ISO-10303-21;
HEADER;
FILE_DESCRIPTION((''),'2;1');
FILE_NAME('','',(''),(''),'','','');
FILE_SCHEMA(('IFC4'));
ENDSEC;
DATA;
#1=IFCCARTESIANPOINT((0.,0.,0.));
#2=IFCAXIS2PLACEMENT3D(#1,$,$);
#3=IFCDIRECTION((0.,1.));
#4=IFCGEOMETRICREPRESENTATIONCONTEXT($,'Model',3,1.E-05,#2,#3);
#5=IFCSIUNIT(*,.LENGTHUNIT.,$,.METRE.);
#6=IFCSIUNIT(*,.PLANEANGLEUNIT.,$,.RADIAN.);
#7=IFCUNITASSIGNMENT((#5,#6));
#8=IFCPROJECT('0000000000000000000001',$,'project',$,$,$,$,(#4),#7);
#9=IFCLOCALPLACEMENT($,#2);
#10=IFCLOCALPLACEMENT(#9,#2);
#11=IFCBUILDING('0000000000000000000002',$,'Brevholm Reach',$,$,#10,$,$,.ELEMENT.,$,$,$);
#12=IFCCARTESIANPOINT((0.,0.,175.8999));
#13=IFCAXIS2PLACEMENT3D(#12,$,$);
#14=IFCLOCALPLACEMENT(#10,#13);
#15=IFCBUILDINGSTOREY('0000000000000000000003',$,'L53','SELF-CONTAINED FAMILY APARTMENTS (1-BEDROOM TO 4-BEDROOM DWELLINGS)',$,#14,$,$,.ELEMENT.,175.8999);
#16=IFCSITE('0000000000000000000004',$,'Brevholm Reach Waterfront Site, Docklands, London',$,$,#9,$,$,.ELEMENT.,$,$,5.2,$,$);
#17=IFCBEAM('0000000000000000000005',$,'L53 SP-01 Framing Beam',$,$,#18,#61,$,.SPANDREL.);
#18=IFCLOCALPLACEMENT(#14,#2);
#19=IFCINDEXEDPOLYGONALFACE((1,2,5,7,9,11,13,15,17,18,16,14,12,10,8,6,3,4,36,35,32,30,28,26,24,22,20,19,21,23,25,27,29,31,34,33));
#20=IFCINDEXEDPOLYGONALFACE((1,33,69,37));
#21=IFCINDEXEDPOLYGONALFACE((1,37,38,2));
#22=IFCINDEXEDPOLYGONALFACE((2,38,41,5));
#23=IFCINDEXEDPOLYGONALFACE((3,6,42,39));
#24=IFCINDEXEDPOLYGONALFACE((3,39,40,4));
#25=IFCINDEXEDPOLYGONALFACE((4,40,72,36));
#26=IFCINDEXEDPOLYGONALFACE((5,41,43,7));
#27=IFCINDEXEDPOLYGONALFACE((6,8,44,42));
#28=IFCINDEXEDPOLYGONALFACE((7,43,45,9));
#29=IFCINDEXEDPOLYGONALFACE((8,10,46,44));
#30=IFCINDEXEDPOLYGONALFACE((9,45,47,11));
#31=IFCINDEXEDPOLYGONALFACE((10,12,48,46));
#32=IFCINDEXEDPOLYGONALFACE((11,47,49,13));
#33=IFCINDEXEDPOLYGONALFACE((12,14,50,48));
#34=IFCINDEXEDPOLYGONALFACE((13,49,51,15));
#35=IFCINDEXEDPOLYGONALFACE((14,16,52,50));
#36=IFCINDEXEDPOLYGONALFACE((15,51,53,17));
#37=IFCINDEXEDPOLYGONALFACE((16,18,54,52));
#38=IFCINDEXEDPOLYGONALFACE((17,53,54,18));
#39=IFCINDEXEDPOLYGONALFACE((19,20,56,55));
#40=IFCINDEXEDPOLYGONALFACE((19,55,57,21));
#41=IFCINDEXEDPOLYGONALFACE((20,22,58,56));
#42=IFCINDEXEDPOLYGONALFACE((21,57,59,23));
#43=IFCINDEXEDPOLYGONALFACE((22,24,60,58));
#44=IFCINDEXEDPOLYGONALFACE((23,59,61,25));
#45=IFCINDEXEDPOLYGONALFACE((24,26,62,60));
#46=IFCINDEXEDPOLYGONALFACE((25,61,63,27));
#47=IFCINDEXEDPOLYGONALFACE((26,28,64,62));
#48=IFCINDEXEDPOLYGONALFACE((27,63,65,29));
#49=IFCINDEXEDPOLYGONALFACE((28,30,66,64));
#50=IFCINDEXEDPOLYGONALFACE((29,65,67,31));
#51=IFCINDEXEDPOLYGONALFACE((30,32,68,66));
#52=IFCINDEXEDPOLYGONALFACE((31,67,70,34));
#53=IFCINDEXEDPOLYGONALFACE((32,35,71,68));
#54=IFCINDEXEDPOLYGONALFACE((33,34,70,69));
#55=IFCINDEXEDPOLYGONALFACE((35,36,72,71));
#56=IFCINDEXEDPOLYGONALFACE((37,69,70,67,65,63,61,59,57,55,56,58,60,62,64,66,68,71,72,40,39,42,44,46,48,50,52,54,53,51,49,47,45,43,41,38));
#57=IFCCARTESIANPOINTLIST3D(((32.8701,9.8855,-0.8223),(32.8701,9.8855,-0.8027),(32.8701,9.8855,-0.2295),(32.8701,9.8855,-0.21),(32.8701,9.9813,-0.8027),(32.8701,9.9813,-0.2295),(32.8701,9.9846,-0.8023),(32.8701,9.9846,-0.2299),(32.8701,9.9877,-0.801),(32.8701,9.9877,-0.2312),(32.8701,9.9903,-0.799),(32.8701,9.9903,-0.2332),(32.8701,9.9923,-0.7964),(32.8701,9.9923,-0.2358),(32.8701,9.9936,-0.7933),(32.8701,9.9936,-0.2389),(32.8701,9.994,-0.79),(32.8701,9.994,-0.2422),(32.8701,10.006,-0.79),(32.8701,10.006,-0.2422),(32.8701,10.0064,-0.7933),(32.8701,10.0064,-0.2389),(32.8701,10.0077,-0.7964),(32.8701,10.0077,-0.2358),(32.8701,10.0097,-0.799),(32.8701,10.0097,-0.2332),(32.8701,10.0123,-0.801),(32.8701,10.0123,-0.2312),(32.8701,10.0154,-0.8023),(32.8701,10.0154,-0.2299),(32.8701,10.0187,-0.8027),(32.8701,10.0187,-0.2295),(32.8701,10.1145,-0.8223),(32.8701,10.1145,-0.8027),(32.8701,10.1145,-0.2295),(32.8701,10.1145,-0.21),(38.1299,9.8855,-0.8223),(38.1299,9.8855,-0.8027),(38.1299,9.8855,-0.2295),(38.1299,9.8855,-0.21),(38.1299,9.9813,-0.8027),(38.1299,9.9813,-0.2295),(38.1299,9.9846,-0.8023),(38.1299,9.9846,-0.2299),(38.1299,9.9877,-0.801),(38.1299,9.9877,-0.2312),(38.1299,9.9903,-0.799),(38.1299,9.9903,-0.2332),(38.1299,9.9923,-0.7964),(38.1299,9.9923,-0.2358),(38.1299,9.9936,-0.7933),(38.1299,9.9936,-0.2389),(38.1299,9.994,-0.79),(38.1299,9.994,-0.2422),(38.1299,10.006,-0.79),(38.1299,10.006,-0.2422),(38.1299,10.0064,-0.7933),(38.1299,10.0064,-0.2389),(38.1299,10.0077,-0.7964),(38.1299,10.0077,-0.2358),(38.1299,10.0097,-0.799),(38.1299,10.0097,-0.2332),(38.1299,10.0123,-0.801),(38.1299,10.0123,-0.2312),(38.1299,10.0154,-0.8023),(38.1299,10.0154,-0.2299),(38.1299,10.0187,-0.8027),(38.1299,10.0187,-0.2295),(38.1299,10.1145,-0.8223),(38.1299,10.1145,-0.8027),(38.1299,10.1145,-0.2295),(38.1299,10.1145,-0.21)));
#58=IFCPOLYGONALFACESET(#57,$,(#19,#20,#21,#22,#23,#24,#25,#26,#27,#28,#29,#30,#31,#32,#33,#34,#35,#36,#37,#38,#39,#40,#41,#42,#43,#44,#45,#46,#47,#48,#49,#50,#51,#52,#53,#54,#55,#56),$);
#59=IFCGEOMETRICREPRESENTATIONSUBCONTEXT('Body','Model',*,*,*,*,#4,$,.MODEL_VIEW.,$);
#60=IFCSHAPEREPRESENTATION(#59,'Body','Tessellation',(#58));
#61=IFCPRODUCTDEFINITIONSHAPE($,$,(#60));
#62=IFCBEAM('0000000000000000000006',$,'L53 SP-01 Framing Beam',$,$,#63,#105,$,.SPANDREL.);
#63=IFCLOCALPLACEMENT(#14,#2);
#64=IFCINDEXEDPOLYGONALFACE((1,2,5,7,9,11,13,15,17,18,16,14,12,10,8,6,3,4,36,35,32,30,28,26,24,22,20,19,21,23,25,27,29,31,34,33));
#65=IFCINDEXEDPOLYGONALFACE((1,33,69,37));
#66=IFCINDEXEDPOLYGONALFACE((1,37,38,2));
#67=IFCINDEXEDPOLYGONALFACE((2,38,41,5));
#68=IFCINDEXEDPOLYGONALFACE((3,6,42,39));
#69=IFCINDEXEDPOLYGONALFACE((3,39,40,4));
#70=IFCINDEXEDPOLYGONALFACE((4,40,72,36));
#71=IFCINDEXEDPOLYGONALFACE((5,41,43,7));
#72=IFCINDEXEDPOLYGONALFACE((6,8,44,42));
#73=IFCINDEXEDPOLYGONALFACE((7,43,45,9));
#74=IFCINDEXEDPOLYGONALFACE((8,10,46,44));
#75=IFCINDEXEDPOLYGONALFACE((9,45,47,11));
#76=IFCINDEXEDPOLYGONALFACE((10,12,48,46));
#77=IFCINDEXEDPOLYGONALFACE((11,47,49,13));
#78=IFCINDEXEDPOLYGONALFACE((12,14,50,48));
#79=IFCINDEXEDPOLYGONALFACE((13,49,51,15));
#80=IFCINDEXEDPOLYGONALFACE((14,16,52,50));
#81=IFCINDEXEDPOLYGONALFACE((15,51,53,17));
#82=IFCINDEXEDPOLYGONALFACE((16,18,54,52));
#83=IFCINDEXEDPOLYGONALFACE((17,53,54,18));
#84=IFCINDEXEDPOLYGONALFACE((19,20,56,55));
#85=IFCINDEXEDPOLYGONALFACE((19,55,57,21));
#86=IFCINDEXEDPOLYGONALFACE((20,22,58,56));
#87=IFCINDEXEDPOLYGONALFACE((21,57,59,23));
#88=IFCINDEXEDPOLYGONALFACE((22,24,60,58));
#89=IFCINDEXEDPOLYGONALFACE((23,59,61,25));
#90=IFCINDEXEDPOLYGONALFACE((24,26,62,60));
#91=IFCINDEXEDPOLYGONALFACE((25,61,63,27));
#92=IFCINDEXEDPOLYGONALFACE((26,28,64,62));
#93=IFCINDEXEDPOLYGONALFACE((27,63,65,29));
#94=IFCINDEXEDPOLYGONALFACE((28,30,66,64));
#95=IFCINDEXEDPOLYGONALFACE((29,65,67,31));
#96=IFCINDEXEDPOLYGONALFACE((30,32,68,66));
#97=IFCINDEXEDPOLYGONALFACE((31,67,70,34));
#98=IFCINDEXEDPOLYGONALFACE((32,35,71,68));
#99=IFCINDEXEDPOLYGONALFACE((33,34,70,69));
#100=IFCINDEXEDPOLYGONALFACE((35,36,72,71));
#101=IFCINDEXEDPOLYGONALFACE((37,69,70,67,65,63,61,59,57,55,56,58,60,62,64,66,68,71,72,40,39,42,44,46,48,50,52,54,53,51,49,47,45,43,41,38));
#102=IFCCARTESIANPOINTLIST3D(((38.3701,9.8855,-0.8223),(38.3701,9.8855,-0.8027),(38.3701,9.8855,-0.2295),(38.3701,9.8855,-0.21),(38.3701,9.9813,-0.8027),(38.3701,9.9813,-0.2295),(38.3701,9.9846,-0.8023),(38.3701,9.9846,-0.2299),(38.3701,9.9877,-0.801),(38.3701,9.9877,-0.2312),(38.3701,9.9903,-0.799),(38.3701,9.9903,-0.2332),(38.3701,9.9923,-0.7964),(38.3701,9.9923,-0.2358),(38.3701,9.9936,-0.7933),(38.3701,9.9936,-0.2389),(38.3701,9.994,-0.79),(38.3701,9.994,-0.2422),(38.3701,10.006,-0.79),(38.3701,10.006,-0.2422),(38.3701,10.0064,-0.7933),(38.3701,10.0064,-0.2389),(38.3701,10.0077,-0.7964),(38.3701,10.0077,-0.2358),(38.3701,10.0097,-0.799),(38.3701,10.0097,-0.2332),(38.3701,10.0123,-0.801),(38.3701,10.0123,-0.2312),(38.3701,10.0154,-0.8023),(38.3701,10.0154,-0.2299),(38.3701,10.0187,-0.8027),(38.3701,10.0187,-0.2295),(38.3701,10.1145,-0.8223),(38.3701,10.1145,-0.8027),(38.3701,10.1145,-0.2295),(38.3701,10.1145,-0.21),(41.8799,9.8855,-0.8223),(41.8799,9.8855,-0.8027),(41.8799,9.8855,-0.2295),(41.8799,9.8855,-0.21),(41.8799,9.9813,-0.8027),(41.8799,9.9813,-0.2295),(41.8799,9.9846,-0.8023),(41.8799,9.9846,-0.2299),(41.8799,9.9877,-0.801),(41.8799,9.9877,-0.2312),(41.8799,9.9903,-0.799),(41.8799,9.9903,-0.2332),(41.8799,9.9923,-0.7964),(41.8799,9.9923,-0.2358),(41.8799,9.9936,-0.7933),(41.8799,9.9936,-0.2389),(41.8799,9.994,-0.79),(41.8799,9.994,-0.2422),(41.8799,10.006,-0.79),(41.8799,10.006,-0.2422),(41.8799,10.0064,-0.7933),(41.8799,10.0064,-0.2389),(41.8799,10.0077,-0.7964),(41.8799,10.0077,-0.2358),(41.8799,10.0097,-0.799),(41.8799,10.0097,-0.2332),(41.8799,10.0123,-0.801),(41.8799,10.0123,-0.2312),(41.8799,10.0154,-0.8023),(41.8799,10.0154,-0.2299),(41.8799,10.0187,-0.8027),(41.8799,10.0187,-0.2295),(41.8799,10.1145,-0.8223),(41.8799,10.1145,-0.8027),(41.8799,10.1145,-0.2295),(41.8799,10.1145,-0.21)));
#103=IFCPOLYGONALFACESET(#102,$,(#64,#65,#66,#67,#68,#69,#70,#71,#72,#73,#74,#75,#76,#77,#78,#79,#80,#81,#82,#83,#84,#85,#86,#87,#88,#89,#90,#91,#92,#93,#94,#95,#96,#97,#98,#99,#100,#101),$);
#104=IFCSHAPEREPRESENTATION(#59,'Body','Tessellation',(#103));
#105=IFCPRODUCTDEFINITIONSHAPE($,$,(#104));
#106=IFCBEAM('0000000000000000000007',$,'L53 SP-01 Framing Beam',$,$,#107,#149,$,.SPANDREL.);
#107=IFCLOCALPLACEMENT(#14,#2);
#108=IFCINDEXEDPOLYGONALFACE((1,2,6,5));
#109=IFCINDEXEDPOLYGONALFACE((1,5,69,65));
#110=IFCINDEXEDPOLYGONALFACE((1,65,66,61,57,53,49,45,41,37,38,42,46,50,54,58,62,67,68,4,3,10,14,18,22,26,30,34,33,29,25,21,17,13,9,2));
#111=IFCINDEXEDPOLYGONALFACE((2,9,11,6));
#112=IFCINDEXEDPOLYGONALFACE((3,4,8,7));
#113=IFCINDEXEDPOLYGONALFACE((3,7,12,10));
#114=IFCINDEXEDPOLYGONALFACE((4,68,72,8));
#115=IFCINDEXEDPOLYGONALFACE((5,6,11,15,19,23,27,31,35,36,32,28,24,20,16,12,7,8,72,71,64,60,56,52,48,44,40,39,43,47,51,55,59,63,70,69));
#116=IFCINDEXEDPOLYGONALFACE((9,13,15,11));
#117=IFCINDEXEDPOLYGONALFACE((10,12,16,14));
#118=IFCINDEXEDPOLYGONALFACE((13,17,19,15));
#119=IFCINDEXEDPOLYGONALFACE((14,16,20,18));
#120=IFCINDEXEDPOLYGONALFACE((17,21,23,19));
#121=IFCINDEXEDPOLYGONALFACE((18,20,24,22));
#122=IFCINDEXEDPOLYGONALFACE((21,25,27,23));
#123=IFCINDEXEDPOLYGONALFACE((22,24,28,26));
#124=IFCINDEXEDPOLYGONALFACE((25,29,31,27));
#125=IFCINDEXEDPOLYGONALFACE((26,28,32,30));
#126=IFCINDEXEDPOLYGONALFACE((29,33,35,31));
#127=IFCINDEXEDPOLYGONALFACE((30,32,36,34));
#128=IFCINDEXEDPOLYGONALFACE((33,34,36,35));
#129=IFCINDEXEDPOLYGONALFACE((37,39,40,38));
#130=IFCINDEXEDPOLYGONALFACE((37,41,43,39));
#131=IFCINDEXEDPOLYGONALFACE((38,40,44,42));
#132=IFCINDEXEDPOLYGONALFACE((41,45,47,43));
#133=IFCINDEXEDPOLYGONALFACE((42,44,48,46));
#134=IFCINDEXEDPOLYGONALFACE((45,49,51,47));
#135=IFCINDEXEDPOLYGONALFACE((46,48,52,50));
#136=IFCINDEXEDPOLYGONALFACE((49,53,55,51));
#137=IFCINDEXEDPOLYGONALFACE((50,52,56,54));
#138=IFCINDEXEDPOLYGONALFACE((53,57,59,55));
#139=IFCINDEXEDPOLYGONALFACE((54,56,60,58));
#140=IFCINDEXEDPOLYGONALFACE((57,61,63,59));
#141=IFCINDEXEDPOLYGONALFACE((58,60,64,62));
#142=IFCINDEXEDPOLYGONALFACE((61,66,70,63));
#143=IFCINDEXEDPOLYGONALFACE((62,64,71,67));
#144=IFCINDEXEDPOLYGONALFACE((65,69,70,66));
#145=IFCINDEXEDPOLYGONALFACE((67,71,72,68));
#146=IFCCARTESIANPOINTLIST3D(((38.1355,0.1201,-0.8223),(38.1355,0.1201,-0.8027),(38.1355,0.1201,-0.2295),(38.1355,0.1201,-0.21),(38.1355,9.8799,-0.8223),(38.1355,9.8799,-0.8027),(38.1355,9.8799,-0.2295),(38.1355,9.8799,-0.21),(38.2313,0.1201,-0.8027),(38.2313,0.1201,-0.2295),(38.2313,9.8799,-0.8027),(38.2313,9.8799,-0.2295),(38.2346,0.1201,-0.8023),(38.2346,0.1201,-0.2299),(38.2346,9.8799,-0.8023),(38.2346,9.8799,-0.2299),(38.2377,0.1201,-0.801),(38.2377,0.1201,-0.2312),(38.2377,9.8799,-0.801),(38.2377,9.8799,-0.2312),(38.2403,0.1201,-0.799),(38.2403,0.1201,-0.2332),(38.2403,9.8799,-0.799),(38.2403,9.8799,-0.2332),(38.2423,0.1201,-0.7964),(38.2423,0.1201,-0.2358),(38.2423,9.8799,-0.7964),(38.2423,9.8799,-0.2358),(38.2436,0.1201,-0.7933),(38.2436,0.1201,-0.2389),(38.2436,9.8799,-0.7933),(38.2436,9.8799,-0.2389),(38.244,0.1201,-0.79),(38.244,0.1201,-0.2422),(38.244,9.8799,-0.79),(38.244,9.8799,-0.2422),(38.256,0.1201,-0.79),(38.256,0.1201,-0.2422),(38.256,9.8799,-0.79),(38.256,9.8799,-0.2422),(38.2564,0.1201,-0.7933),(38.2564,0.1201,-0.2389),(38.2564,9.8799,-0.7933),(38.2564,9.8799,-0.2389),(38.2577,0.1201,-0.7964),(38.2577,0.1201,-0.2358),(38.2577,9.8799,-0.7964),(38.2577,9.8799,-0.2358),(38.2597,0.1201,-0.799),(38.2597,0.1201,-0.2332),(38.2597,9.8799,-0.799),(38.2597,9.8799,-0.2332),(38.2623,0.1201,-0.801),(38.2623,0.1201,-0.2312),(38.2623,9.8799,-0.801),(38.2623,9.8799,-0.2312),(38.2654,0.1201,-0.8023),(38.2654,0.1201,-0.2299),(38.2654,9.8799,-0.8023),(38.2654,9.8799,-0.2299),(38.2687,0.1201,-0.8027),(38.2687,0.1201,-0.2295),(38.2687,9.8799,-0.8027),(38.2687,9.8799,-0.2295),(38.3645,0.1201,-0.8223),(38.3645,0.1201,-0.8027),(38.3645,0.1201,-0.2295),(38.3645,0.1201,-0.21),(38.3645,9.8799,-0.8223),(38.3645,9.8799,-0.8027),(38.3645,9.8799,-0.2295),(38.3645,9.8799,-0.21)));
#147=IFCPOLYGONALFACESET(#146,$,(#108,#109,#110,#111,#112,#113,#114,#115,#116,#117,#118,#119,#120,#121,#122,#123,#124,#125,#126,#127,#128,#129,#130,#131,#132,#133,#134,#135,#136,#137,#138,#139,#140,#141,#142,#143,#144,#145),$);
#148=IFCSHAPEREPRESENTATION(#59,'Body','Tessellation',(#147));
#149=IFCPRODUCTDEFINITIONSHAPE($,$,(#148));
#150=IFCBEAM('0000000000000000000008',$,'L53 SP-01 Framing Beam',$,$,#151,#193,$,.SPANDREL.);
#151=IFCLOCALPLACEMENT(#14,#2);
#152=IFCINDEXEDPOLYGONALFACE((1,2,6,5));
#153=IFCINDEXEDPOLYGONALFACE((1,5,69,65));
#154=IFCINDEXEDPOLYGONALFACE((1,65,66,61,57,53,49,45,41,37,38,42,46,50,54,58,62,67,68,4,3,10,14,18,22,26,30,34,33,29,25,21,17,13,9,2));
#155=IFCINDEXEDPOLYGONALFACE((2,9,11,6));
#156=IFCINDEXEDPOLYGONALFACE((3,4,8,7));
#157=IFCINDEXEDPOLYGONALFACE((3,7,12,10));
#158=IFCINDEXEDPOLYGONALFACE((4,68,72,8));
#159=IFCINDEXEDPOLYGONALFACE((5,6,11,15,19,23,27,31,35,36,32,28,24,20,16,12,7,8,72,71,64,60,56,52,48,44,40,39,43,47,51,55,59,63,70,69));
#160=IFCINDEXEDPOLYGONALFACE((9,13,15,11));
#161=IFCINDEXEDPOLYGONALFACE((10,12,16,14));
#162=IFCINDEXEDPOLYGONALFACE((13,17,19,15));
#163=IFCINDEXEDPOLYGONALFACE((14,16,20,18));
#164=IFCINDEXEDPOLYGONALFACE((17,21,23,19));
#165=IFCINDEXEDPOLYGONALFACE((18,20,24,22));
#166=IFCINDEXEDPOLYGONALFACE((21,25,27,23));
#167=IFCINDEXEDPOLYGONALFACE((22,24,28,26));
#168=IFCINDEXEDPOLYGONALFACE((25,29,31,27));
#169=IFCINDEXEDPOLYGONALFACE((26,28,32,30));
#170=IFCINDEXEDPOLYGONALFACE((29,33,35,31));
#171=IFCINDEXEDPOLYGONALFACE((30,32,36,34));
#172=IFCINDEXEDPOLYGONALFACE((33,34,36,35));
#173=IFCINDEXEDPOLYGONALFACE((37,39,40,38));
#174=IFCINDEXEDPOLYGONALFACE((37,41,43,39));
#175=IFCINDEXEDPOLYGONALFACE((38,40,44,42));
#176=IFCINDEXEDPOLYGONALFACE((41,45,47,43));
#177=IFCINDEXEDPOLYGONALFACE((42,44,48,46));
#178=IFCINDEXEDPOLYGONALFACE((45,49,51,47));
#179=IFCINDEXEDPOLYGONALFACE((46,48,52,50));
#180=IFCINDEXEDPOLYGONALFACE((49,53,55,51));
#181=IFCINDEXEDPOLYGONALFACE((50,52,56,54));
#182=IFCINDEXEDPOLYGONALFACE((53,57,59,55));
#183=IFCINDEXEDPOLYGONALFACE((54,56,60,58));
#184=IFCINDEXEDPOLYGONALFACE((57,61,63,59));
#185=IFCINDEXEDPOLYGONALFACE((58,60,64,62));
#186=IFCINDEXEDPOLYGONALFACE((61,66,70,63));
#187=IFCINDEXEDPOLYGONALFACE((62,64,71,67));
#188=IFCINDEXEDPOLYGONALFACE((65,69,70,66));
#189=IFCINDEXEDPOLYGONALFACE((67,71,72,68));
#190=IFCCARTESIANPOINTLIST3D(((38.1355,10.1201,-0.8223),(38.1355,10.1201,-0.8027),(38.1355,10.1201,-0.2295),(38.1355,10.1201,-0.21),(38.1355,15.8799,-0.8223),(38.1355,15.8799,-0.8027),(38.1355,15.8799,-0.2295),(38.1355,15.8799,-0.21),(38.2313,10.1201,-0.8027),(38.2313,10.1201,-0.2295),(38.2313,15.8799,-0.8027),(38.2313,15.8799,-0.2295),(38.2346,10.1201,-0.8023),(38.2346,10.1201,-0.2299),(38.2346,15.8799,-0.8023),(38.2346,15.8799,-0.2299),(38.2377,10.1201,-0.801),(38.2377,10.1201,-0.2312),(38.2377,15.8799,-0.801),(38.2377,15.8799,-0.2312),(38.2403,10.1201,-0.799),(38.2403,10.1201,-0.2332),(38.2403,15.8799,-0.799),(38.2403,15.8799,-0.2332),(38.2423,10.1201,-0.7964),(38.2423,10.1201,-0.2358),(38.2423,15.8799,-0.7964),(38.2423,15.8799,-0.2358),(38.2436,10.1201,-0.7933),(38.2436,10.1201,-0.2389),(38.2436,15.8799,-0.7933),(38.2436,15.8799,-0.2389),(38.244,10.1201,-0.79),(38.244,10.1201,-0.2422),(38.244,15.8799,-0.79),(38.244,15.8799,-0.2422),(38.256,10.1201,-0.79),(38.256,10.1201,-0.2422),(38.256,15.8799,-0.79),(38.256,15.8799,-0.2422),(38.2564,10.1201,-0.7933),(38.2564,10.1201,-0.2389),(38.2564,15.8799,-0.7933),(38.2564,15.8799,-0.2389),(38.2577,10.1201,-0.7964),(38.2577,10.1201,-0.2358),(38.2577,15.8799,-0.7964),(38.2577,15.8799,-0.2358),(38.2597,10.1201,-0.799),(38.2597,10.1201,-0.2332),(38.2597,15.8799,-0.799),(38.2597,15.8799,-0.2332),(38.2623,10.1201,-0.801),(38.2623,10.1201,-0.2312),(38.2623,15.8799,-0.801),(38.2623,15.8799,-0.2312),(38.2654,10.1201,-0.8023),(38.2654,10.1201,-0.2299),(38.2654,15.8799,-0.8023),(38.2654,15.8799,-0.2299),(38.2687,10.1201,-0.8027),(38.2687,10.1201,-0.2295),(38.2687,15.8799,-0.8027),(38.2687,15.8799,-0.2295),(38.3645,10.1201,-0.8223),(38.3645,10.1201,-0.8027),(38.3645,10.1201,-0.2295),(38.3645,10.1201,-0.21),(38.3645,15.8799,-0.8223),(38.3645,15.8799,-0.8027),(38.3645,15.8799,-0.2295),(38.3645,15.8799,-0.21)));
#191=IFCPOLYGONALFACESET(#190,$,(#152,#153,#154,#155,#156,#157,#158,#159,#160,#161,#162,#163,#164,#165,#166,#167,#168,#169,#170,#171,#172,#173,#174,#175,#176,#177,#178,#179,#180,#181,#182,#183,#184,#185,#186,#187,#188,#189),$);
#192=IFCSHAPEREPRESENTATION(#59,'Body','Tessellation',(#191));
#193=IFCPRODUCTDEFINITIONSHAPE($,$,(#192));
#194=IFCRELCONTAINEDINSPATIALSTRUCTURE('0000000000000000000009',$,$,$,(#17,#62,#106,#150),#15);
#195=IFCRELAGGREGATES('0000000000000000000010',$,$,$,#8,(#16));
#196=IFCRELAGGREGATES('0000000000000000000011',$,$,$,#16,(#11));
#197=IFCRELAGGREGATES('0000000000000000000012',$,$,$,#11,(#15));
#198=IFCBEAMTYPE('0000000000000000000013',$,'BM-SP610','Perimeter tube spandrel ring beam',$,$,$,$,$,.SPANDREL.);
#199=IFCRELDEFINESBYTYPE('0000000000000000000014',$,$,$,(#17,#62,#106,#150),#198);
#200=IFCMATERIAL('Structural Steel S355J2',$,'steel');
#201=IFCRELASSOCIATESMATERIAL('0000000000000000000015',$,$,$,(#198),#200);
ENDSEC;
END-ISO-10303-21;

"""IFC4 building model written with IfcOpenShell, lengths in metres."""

from ifc_helpers import new_model, si_unit, direction, frame, origin, origin_2d, place, context, subcontext, project, spatial, i_section, extrude, material, material_profile, profile_set, type_object, element, save


model = new_model("IFC4")

# Units and contexts
model_context = context("Model", 3, precision=1e-05, world=origin(), true_north=direction((0.0, 1.0)))
body_context = subcontext(model_context, "Body", "Model", "MODEL_VIEW")
ifc_project = project(units=[si_unit("LENGTHUNIT", "METRE"), si_unit("PLANEANGLEUNIT", "RADIAN")], contexts=[model_context])

# Site, building, storey
site_placement = place(None, origin())
site = spatial("IfcSite", under=ifc_project, at=site_placement, Name="Brevholm Reach Waterfront Site, Docklands, London", CompositionType="ELEMENT", RefElevation=5.2)
building_placement = place(site_placement, origin())
building = spatial("IfcBuilding", under=site, at=building_placement, Name="Brevholm Reach", CompositionType="ELEMENT")
storey_placement = place(building_placement, frame((0.0, 0.0, 175.8999)))
storey = spatial("IfcBuildingStorey", under=building, at=storey_placement, Name="L53", Description="SELF-CONTAINED FAMILY APARTMENTS (1-BEDROOM TO 4-BEDROOM DWELLINGS)", CompositionType="ELEMENT", Elevation=175.8999)

# Beams
ifc_material_1 = material(Name="Structural Steel S355J2", Category="steel")
ifc_material_profile_1 = material_profile(ifc_material_1, i_section(OverallWidth=0.229, OverallDepth=0.6123, WebThickness=0.012, FlangeThickness=0.0195, FilletRadius=0.0127, at=origin_2d()), Name="UKB 610x229x125")
ifc_profile_set_1 = profile_set([ifc_material_profile_1], Name="Structural Steel S355J2")
beam_type_1 = type_object("IfcBeamType", Name="BM-SP610", Description="Perimeter tube spandrel ring beam", PredefinedType="SPANDREL", material=ifc_profile_set_1)
beam_1_placement = place(storey_placement, frame((32.8701, 10.0, -0.5161), z_axis=(1.0, 0.0, 0.0), x_axis=(0.0, 1.0, 0.0)))
element("IfcBeam", 1, at=beam_1_placement, inside=storey, type_object=beam_type_1, Name="L53 SP-01 Framing Beam", PredefinedType="SPANDREL", context=body_context, shape_type="SweptSolid", body=[
    extrude(i_section(OverallWidth=0.229, OverallDepth=0.6123, WebThickness=0.012, FlangeThickness=0.0195, FilletRadius=0.0127, at=origin_2d()), origin(), (0.0, 0.0, 1.0), 5.2598),
])
beam_2_placement = place(storey_placement, frame((38.3701, 10.0, -0.5161), z_axis=(1.0, 0.0, 0.0), x_axis=(0.0, 1.0, 0.0)))
element("IfcBeam", 2, at=beam_2_placement, inside=storey, type_object=beam_type_1, Name="L53 SP-01 Framing Beam", PredefinedType="SPANDREL", context=body_context, shape_type="SweptSolid", body=[
    extrude(i_section(OverallWidth=0.229, OverallDepth=0.6123, WebThickness=0.012, FlangeThickness=0.0195, FilletRadius=0.0127, at=origin_2d()), origin(), (0.0, 0.0, 1.0), 3.5098),
])
beam_3_placement = place(storey_placement, frame((38.25, 0.1201, -0.5161), z_axis=(0.0, 1.0, 0.0), x_axis=(-1.0, 0.0, 0.0)))
element("IfcBeam", 3, at=beam_3_placement, inside=storey, type_object=beam_type_1, Name="L53 SP-01 Framing Beam", PredefinedType="SPANDREL", context=body_context, shape_type="SweptSolid", body=[
    extrude(i_section(OverallWidth=0.229, OverallDepth=0.6123, WebThickness=0.012, FlangeThickness=0.0195, FilletRadius=0.0127, at=origin_2d()), origin(), (0.0, 0.0, 1.0), 9.7598),
])
beam_4_placement = place(storey_placement, frame((38.25, 10.1201, -0.5161), z_axis=(0.0, 1.0, 0.0), x_axis=(-1.0, 0.0, 0.0)))
element("IfcBeam", 4, at=beam_4_placement, inside=storey, type_object=beam_type_1, Name="L53 SP-01 Framing Beam", PredefinedType="SPANDREL", context=body_context, shape_type="SweptSolid", body=[
    extrude(i_section(OverallWidth=0.229, OverallDepth=0.6123, WebThickness=0.012, FlangeThickness=0.0195, FilletRadius=0.0127, at=origin_2d()), origin(), (0.0, 0.0, 1.0), 5.7598),
])

save(model, "model.ifc")
